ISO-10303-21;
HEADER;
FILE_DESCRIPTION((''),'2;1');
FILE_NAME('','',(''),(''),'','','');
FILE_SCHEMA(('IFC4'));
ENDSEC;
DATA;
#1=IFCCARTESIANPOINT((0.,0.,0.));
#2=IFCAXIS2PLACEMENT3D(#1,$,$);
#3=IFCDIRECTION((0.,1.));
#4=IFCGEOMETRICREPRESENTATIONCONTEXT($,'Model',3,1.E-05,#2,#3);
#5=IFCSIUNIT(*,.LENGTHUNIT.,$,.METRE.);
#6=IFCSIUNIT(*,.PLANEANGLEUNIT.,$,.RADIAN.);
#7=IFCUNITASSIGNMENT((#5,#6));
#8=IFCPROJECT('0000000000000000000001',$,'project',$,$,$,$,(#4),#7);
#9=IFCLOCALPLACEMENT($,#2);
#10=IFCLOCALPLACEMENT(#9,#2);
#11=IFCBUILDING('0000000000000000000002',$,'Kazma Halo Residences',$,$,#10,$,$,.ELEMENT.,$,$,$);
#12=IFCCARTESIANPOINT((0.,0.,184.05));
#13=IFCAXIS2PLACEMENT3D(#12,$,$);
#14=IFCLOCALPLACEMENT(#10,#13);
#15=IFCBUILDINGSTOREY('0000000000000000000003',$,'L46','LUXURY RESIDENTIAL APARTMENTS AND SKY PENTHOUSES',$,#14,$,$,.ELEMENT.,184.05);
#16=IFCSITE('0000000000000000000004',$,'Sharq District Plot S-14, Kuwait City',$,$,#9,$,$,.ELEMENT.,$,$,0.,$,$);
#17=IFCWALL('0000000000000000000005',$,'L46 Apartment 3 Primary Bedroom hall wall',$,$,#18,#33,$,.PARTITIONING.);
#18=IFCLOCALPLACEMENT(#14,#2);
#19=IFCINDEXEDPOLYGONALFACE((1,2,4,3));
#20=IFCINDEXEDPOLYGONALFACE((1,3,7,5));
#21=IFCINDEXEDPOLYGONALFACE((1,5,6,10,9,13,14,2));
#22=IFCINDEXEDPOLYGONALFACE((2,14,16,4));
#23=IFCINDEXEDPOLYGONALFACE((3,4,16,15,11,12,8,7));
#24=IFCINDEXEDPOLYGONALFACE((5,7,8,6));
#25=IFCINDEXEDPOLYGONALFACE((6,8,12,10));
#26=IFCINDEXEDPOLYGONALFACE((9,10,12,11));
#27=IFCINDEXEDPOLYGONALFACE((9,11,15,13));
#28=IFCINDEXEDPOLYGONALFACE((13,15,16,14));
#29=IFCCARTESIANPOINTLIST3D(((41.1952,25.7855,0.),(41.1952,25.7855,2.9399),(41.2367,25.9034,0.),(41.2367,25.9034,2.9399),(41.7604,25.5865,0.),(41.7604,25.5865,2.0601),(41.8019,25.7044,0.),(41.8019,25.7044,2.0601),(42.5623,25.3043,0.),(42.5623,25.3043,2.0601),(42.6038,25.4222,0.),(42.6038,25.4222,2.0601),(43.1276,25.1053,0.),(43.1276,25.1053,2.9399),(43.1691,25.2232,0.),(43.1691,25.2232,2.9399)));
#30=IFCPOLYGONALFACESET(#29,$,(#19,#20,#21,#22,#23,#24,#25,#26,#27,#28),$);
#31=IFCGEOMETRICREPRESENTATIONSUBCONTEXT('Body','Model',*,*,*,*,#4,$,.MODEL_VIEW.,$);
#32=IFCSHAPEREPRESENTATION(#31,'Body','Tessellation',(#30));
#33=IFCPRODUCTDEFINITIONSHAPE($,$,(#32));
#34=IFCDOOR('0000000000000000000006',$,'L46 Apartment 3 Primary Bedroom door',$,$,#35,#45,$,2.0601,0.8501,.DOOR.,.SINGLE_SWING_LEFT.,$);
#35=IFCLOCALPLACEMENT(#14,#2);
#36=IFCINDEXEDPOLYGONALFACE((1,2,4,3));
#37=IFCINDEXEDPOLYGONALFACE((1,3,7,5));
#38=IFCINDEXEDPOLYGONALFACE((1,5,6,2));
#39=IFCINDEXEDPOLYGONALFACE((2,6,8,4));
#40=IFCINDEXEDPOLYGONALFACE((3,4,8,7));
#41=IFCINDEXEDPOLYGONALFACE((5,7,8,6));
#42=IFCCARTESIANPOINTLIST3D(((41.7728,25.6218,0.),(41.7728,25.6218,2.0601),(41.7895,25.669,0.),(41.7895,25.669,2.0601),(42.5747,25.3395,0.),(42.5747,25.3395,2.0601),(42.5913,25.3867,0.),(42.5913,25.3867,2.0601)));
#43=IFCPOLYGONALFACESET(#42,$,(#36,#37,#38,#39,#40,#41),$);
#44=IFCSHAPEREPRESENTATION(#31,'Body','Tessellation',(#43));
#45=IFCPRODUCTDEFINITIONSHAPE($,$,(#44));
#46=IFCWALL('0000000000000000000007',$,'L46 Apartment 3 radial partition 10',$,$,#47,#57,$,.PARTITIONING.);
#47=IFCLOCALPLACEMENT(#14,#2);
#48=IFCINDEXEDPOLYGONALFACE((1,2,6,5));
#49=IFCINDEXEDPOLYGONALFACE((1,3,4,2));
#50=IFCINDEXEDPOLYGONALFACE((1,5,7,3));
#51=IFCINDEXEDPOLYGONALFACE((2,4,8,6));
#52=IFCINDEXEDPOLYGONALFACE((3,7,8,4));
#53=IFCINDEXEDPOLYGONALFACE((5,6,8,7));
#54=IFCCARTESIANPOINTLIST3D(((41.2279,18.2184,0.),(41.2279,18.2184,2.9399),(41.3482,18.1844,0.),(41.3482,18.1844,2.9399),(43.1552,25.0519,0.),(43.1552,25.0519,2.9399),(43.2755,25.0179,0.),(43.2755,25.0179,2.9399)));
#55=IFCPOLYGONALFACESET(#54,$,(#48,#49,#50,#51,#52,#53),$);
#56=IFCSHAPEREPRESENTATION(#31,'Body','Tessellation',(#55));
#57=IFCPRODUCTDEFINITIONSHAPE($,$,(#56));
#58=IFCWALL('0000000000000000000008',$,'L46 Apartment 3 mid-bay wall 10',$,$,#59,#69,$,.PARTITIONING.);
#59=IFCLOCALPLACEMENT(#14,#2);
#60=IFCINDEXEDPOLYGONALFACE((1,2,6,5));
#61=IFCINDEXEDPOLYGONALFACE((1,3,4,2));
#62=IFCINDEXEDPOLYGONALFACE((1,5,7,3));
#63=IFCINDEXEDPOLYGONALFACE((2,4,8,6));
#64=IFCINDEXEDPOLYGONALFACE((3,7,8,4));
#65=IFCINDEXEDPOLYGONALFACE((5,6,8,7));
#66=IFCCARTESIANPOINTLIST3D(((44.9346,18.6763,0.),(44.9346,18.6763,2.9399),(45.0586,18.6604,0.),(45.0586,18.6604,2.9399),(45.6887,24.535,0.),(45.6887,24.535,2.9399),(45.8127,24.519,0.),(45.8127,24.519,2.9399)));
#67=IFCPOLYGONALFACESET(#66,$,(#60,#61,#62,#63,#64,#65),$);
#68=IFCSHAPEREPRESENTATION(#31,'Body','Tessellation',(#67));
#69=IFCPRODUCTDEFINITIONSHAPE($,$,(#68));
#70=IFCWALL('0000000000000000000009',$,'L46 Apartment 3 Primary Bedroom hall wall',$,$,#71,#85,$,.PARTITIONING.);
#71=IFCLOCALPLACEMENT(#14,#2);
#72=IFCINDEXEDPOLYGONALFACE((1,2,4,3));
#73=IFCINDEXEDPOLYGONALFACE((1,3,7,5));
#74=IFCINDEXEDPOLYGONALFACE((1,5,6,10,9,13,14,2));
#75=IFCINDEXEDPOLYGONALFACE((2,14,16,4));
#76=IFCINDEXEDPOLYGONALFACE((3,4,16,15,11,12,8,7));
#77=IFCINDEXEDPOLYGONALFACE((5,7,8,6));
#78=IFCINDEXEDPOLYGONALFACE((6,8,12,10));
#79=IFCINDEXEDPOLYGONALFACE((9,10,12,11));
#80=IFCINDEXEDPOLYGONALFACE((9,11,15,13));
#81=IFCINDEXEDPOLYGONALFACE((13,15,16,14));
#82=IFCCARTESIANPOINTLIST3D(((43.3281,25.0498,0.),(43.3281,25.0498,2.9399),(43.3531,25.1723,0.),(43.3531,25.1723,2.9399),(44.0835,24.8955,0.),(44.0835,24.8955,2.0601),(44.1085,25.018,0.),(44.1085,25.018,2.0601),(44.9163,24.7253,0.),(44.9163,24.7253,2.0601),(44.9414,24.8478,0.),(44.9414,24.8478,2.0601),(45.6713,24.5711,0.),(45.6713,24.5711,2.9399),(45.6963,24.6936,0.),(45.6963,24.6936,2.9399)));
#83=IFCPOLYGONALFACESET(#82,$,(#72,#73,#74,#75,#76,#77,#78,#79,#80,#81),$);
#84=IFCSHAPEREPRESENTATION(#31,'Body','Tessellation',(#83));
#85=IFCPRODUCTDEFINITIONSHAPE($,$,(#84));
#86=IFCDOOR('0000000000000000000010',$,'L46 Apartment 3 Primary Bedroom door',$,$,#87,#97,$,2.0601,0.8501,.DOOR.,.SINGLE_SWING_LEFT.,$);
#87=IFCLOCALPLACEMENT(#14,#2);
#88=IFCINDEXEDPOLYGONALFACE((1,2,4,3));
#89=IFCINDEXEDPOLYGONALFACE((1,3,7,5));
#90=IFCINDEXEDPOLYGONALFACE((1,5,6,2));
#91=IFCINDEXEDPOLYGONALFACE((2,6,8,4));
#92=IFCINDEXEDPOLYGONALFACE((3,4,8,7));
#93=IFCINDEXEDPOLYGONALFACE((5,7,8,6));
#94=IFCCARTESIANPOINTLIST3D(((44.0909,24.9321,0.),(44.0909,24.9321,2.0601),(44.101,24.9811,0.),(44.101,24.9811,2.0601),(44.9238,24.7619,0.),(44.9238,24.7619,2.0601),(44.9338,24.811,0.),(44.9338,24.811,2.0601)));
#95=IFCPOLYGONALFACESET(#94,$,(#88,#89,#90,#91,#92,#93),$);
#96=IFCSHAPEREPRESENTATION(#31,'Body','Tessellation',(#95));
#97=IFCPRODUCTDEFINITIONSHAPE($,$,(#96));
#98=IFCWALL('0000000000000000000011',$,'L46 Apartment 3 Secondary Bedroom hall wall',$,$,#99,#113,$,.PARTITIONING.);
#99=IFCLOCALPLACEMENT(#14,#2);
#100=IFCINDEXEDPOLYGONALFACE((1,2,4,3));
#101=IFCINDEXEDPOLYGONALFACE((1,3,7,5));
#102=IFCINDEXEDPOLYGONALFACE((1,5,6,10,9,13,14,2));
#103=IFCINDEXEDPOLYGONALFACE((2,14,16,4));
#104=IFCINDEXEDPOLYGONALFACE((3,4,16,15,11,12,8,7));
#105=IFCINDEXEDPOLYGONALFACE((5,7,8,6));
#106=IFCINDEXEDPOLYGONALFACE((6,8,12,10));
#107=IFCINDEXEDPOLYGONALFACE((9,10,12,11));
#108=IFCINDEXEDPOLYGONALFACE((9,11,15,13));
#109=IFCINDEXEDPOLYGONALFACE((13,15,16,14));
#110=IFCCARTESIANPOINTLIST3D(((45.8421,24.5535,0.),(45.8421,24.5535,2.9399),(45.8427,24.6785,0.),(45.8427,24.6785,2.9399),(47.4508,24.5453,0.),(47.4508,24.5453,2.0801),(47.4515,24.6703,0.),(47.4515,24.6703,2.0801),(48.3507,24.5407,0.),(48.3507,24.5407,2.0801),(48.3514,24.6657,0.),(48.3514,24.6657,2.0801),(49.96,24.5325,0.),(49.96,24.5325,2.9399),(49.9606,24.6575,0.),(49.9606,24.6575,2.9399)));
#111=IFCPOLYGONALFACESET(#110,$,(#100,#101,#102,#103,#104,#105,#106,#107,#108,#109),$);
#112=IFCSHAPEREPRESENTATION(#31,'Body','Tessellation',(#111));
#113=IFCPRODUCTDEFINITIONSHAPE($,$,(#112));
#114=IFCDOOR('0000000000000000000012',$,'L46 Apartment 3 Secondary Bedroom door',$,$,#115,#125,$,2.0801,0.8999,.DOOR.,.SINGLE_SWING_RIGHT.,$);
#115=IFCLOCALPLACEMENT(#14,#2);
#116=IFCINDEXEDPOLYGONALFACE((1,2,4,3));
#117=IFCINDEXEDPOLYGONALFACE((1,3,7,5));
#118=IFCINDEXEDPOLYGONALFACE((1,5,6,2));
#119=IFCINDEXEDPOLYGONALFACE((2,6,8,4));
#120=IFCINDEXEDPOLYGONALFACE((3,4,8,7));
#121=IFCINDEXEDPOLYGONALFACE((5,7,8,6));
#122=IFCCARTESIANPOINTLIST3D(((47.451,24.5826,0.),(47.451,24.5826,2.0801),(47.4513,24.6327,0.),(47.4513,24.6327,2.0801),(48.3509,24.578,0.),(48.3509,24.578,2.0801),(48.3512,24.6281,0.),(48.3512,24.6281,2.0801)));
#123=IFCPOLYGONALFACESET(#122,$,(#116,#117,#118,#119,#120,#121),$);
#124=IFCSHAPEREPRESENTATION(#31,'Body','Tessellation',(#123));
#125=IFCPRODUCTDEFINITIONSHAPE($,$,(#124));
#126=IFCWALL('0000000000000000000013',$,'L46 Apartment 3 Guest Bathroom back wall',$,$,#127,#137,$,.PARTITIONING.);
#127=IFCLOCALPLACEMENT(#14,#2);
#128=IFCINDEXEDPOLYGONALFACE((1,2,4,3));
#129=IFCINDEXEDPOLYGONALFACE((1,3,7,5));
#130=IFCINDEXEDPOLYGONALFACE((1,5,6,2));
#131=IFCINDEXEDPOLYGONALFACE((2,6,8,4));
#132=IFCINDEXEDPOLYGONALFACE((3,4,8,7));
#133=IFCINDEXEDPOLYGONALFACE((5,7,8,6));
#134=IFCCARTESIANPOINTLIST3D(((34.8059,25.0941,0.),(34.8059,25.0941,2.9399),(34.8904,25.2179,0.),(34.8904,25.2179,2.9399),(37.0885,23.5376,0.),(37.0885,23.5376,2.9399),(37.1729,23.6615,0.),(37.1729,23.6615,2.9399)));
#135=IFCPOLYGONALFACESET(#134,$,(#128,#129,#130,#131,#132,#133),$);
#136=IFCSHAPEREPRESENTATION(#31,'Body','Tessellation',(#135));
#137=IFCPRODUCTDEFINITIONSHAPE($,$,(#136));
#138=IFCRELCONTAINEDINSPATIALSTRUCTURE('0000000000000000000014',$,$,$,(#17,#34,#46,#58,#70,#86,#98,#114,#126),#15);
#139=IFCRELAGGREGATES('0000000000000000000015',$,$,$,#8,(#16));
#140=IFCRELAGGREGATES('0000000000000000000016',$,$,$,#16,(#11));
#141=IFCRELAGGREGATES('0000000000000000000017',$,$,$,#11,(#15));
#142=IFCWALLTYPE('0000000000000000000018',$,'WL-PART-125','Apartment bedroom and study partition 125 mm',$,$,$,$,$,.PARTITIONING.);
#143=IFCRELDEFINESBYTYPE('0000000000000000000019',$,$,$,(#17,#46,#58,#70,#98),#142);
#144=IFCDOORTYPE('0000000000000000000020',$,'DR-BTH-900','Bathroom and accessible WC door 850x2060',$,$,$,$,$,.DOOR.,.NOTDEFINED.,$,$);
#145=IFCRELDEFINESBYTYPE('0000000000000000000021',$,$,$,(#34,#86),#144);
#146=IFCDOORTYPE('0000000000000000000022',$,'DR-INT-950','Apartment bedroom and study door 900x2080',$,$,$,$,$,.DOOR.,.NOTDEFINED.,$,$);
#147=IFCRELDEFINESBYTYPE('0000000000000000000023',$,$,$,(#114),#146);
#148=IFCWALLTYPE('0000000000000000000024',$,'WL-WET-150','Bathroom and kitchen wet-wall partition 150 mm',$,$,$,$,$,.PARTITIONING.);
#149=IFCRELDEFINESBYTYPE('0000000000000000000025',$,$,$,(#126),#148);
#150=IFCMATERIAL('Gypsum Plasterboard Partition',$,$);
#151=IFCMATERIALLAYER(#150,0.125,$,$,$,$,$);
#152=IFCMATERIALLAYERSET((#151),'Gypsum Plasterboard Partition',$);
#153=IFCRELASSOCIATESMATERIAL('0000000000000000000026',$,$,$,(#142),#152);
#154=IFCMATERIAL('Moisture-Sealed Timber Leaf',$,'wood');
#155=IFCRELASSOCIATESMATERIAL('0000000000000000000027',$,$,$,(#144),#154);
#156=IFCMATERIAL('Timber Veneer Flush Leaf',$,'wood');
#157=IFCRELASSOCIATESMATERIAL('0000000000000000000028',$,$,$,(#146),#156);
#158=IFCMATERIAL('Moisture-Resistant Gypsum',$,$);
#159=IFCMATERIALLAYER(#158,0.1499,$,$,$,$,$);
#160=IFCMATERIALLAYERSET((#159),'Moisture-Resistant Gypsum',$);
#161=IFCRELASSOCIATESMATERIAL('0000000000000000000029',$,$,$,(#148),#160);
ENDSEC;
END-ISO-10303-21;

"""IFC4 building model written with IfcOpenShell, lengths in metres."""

from ifc_helpers import new_model, si_unit, direction, frame, frame_2d, origin, place, context, subcontext, project, spatial, rectangle, extrude, material, layer, layer_set, type_object, element, fill, save


model = new_model("IFC4")

# Units and contexts
model_context = context("Model", 3, precision=1e-05, world=origin(), true_north=direction((0.0, 1.0)))
body_context = subcontext(model_context, "Body", "Model", "MODEL_VIEW")
ifc_project = project(units=[si_unit("LENGTHUNIT", "METRE"), si_unit("PLANEANGLEUNIT", "RADIAN")], contexts=[model_context])

# Site, building, storey
site_placement = place(None, origin())
site = spatial("IfcSite", under=ifc_project, at=site_placement, Name="Sharq District Plot S-14, Kuwait City", CompositionType="ELEMENT", RefElevation=0.0)
building_placement = place(site_placement, origin())
building = spatial("IfcBuilding", under=site, at=building_placement, Name="Kazma Halo Residences", CompositionType="ELEMENT")
storey_placement = place(building_placement, frame((0.0, 0.0, 184.05)))
storey = spatial("IfcBuildingStorey", under=building, at=storey_placement, Name="L46", Description="LUXURY RESIDENTIAL APARTMENTS AND SKY PENTHOUSES", CompositionType="ELEMENT", Elevation=184.05)

# Shared definitions
ifc_material_1 = material(Name="Gypsum Plasterboard Partition")
ifc_layer_1 = layer(ifc_material_1, 0.125)
ifc_layer_set_1 = layer_set([ifc_layer_1], Name="Gypsum Plasterboard Partition")
wall_type_1 = type_object("IfcWallType", Name="WL-PART-125", Description="Apartment bedroom and study partition 125 mm", PredefinedType="PARTITIONING", material=ifc_layer_set_1)
ifc_material_2 = material(Name="Moisture-Sealed Timber Leaf", Category="wood")
door_type_1 = type_object("IfcDoorType", Name="DR-BTH-900", Description="Bathroom and accessible WC door 850x2060", OperationType="NOTDEFINED", PredefinedType="DOOR", material=ifc_material_2)

# Wall, opening, door
wall_1_placement = place(storey_placement, frame((41.2158, 25.8445, 0.0), z_axis=(0.0, 0.0, 1.0), x_axis=(0.943272, -0.332022, 0.0)))
wall_1 = element("IfcWall", 1, at=wall_1_placement, inside=storey, type_object=wall_type_1, Name="L46 Apartment 3 Primary Bedroom hall wall", PredefinedType="PARTITIONING", context=body_context, shape_type="SweptSolid", body=[
    extrude(rectangle(XDim=2.0486, YDim=0.125, at=frame_2d((1.0244, 0.0))), origin(), (0.0, 0.0, 1.0), 2.9399),
])
opening_1_placement = place(wall_1_placement, frame((0.5994, 0.0, 0.0)))
opening_1 = element("IfcOpeningElement", 2, at=opening_1_placement, cuts=wall_1, PredefinedType="OPENING", context=body_context, shape_type="SweptSolid", body=[
    extrude(rectangle(XDim=0.8501, YDim=2.0601, at=frame_2d((0.425, 1.03))), frame((0.0, 0.0725, 0.0), z_axis=(0.0, -1.0, 0.0), x_axis=(1.0, 0.0, 0.0)), (0.0, 0.0, 1.0), 0.145),
])
door_1_placement = place(opening_1_placement, origin())
door_1 = element("IfcDoor", 3, at=door_1_placement, inside=storey, type_object=door_type_1, Name="L46 Apartment 3 Primary Bedroom door", OperationType="SINGLE_SWING_LEFT", OverallHeight=2.0601, OverallWidth=0.8501, PredefinedType="DOOR", context=body_context, shape_type="SweptSolid", body=[
    extrude(rectangle(XDim=0.8501, YDim=2.0601, at=frame_2d((0.425, 1.03))), frame((0.0, 0.0249, 0.0), z_axis=(0.0, -1.0, 0.0), x_axis=(1.0, 0.0, 0.0)), (0.0, 0.0, 1.0), 0.05),
])
fill(opening_1, door_1)

# Walls
wall_2_placement = place(storey_placement, frame((43.2153, 25.0349, 0.0), z_axis=(0.0, 0.0, 1.0), x_axis=(-0.271441, -0.962455, 0.0)))
element("IfcWall", 4, at=wall_2_placement, inside=storey, type_object=wall_type_1, Name="L46 Apartment 3 radial partition 10", PredefinedType="PARTITIONING", context=body_context, shape_type="SweptSolid", body=[
    extrude(rectangle(XDim=7.1001, YDim=0.125, at=frame_2d((3.55, 0.0))), origin(), (0.0, 0.0, 1.0), 2.9399),
])
wall_3_placement = place(storey_placement, frame((45.7507, 24.5271, 0.0), z_axis=(0.0, 0.0, 1.0), x_axis=(-0.127671, -0.991817, 0.0)))
element("IfcWall", 5, at=wall_3_placement, inside=storey, type_object=wall_type_1, Name="L46 Apartment 3 mid-bay wall 10", PredefinedType="PARTITIONING", context=body_context, shape_type="SweptSolid", body=[
    extrude(rectangle(XDim=5.907, YDim=0.125, at=frame_2d((2.9536, 0.0))), origin(), (0.0, 0.0, 1.0), 2.9399),
])

# Walls, openings, doors
wall_4_placement = place(storey_placement, frame((43.3406, 25.1111, 0.0), z_axis=(0.0, 0.0, 1.0), x_axis=(0.97976, -0.200178, 0.0)))
wall_4 = element("IfcWall", 6, at=wall_4_placement, inside=storey, type_object=wall_type_1, Name="L46 Apartment 3 Primary Bedroom hall wall", PredefinedType="PARTITIONING", context=body_context, shape_type="SweptSolid", body=[
    extrude(rectangle(XDim=2.3916, YDim=0.125, at=frame_2d((1.1958, 0.0))), origin(), (0.0, 0.0, 1.0), 2.9399),
])
opening_2_placement = place(wall_4_placement, frame((0.771, 0.0, 0.0)))
opening_2 = element("IfcOpeningElement", 7, at=opening_2_placement, cuts=wall_4, PredefinedType="OPENING", context=body_context, shape_type="SweptSolid", body=[
    extrude(rectangle(XDim=0.8501, YDim=2.0601, at=frame_2d((0.425, 1.03))), frame((0.0, 0.0725, 0.0), z_axis=(0.0, -1.0, 0.0), x_axis=(1.0, 0.0, 0.0)), (0.0, 0.0, 1.0), 0.145),
])
door_2_placement = place(opening_2_placement, origin())
door_2 = element("IfcDoor", 8, at=door_2_placement, inside=storey, type_object=door_type_1, Name="L46 Apartment 3 Primary Bedroom door", OperationType="SINGLE_SWING_LEFT", OverallHeight=2.0601, OverallWidth=0.8501, PredefinedType="DOOR", context=body_context, shape_type="SweptSolid", body=[
    extrude(rectangle(XDim=0.8501, YDim=2.0601, at=frame_2d((0.425, 1.03))), frame((0.0, 0.0249, 0.0), z_axis=(0.0, -1.0, 0.0), x_axis=(1.0, 0.0, 0.0)), (0.0, 0.0, 1.0), 0.05),
])
fill(opening_2, door_2)
wall_5_placement = place(storey_placement, frame((45.8423, 24.616, 0.0), z_axis=(0.0, 0.0, 1.0), x_axis=(0.999987, -0.005099, 0.0)))
wall_5 = element("IfcWall", 9, at=wall_5_placement, inside=storey, type_object=wall_type_1, Name="L46 Apartment 3 Secondary Bedroom hall wall", PredefinedType="PARTITIONING", context=body_context, shape_type="SweptSolid", body=[
    extrude(rectangle(XDim=4.1179, YDim=0.125, at=frame_2d((2.0591, 0.0))), origin(), (0.0, 0.0, 1.0), 2.9399),
])
opening_3_placement = place(wall_5_placement, frame((1.6089, 0.0, 0.0)))
opening_3 = element("IfcOpeningElement", 10, at=opening_3_placement, cuts=wall_5, PredefinedType="OPENING", context=body_context, shape_type="SweptSolid", body=[
    extrude(rectangle(XDim=0.8999, YDim=2.0801, at=frame_2d((0.45, 1.04))), frame((0.0, 0.0725, 0.0), z_axis=(0.0, -1.0, 0.0), x_axis=(1.0, 0.0, 0.0)), (0.0, 0.0, 1.0), 0.145),
])
ifc_material_3 = material(Name="Timber Veneer Flush Leaf", Category="wood")
door_type_2 = type_object("IfcDoorType", Name="DR-INT-950", Description="Apartment bedroom and study door 900x2080", OperationType="NOTDEFINED", PredefinedType="DOOR", material=ifc_material_3)
door_3_placement = place(opening_3_placement, origin())
door_3 = element("IfcDoor", 11, at=door_3_placement, inside=storey, type_object=door_type_2, Name="L46 Apartment 3 Secondary Bedroom door", OperationType="SINGLE_SWING_RIGHT", OverallHeight=2.0801, OverallWidth=0.8999, PredefinedType="DOOR", context=body_context, shape_type="SweptSolid", body=[
    extrude(rectangle(XDim=0.8999, YDim=2.0801, at=frame_2d((0.45, 1.04))), frame((0.0, 0.0249, 0.0), z_axis=(0.0, -1.0, 0.0), x_axis=(1.0, 0.0, 0.0)), (0.0, 0.0, 1.0), 0.05),
])
fill(opening_3, door_3)

# Wall
ifc_material_4 = material(Name="Moisture-Resistant Gypsum")
ifc_layer_2 = layer(ifc_material_4, 0.1499)
ifc_layer_set_2 = layer_set([ifc_layer_2], Name="Moisture-Resistant Gypsum")
wall_type_2 = type_object("IfcWallType", Name="WL-WET-150", Description="Bathroom and kitchen wet-wall partition 150 mm", PredefinedType="PARTITIONING", material=ifc_layer_set_2)
wall_6_placement = place(storey_placement, frame((34.8481, 25.156, 0.0), z_axis=(0.0, 0.0, 1.0), x_axis=(0.826199, -0.563378, 0.0)))
element("IfcWall", 12, at=wall_6_placement, inside=storey, type_object=wall_type_2, Name="L46 Apartment 3 Guest Bathroom back wall", PredefinedType="PARTITIONING", context=body_context, shape_type="SweptSolid", body=[
    extrude(rectangle(XDim=2.7627, YDim=0.1499, at=frame_2d((1.3813, 0.0))), origin(), (0.0, 0.0, 1.0), 2.9399),
])

save(model, "model.ifc")
